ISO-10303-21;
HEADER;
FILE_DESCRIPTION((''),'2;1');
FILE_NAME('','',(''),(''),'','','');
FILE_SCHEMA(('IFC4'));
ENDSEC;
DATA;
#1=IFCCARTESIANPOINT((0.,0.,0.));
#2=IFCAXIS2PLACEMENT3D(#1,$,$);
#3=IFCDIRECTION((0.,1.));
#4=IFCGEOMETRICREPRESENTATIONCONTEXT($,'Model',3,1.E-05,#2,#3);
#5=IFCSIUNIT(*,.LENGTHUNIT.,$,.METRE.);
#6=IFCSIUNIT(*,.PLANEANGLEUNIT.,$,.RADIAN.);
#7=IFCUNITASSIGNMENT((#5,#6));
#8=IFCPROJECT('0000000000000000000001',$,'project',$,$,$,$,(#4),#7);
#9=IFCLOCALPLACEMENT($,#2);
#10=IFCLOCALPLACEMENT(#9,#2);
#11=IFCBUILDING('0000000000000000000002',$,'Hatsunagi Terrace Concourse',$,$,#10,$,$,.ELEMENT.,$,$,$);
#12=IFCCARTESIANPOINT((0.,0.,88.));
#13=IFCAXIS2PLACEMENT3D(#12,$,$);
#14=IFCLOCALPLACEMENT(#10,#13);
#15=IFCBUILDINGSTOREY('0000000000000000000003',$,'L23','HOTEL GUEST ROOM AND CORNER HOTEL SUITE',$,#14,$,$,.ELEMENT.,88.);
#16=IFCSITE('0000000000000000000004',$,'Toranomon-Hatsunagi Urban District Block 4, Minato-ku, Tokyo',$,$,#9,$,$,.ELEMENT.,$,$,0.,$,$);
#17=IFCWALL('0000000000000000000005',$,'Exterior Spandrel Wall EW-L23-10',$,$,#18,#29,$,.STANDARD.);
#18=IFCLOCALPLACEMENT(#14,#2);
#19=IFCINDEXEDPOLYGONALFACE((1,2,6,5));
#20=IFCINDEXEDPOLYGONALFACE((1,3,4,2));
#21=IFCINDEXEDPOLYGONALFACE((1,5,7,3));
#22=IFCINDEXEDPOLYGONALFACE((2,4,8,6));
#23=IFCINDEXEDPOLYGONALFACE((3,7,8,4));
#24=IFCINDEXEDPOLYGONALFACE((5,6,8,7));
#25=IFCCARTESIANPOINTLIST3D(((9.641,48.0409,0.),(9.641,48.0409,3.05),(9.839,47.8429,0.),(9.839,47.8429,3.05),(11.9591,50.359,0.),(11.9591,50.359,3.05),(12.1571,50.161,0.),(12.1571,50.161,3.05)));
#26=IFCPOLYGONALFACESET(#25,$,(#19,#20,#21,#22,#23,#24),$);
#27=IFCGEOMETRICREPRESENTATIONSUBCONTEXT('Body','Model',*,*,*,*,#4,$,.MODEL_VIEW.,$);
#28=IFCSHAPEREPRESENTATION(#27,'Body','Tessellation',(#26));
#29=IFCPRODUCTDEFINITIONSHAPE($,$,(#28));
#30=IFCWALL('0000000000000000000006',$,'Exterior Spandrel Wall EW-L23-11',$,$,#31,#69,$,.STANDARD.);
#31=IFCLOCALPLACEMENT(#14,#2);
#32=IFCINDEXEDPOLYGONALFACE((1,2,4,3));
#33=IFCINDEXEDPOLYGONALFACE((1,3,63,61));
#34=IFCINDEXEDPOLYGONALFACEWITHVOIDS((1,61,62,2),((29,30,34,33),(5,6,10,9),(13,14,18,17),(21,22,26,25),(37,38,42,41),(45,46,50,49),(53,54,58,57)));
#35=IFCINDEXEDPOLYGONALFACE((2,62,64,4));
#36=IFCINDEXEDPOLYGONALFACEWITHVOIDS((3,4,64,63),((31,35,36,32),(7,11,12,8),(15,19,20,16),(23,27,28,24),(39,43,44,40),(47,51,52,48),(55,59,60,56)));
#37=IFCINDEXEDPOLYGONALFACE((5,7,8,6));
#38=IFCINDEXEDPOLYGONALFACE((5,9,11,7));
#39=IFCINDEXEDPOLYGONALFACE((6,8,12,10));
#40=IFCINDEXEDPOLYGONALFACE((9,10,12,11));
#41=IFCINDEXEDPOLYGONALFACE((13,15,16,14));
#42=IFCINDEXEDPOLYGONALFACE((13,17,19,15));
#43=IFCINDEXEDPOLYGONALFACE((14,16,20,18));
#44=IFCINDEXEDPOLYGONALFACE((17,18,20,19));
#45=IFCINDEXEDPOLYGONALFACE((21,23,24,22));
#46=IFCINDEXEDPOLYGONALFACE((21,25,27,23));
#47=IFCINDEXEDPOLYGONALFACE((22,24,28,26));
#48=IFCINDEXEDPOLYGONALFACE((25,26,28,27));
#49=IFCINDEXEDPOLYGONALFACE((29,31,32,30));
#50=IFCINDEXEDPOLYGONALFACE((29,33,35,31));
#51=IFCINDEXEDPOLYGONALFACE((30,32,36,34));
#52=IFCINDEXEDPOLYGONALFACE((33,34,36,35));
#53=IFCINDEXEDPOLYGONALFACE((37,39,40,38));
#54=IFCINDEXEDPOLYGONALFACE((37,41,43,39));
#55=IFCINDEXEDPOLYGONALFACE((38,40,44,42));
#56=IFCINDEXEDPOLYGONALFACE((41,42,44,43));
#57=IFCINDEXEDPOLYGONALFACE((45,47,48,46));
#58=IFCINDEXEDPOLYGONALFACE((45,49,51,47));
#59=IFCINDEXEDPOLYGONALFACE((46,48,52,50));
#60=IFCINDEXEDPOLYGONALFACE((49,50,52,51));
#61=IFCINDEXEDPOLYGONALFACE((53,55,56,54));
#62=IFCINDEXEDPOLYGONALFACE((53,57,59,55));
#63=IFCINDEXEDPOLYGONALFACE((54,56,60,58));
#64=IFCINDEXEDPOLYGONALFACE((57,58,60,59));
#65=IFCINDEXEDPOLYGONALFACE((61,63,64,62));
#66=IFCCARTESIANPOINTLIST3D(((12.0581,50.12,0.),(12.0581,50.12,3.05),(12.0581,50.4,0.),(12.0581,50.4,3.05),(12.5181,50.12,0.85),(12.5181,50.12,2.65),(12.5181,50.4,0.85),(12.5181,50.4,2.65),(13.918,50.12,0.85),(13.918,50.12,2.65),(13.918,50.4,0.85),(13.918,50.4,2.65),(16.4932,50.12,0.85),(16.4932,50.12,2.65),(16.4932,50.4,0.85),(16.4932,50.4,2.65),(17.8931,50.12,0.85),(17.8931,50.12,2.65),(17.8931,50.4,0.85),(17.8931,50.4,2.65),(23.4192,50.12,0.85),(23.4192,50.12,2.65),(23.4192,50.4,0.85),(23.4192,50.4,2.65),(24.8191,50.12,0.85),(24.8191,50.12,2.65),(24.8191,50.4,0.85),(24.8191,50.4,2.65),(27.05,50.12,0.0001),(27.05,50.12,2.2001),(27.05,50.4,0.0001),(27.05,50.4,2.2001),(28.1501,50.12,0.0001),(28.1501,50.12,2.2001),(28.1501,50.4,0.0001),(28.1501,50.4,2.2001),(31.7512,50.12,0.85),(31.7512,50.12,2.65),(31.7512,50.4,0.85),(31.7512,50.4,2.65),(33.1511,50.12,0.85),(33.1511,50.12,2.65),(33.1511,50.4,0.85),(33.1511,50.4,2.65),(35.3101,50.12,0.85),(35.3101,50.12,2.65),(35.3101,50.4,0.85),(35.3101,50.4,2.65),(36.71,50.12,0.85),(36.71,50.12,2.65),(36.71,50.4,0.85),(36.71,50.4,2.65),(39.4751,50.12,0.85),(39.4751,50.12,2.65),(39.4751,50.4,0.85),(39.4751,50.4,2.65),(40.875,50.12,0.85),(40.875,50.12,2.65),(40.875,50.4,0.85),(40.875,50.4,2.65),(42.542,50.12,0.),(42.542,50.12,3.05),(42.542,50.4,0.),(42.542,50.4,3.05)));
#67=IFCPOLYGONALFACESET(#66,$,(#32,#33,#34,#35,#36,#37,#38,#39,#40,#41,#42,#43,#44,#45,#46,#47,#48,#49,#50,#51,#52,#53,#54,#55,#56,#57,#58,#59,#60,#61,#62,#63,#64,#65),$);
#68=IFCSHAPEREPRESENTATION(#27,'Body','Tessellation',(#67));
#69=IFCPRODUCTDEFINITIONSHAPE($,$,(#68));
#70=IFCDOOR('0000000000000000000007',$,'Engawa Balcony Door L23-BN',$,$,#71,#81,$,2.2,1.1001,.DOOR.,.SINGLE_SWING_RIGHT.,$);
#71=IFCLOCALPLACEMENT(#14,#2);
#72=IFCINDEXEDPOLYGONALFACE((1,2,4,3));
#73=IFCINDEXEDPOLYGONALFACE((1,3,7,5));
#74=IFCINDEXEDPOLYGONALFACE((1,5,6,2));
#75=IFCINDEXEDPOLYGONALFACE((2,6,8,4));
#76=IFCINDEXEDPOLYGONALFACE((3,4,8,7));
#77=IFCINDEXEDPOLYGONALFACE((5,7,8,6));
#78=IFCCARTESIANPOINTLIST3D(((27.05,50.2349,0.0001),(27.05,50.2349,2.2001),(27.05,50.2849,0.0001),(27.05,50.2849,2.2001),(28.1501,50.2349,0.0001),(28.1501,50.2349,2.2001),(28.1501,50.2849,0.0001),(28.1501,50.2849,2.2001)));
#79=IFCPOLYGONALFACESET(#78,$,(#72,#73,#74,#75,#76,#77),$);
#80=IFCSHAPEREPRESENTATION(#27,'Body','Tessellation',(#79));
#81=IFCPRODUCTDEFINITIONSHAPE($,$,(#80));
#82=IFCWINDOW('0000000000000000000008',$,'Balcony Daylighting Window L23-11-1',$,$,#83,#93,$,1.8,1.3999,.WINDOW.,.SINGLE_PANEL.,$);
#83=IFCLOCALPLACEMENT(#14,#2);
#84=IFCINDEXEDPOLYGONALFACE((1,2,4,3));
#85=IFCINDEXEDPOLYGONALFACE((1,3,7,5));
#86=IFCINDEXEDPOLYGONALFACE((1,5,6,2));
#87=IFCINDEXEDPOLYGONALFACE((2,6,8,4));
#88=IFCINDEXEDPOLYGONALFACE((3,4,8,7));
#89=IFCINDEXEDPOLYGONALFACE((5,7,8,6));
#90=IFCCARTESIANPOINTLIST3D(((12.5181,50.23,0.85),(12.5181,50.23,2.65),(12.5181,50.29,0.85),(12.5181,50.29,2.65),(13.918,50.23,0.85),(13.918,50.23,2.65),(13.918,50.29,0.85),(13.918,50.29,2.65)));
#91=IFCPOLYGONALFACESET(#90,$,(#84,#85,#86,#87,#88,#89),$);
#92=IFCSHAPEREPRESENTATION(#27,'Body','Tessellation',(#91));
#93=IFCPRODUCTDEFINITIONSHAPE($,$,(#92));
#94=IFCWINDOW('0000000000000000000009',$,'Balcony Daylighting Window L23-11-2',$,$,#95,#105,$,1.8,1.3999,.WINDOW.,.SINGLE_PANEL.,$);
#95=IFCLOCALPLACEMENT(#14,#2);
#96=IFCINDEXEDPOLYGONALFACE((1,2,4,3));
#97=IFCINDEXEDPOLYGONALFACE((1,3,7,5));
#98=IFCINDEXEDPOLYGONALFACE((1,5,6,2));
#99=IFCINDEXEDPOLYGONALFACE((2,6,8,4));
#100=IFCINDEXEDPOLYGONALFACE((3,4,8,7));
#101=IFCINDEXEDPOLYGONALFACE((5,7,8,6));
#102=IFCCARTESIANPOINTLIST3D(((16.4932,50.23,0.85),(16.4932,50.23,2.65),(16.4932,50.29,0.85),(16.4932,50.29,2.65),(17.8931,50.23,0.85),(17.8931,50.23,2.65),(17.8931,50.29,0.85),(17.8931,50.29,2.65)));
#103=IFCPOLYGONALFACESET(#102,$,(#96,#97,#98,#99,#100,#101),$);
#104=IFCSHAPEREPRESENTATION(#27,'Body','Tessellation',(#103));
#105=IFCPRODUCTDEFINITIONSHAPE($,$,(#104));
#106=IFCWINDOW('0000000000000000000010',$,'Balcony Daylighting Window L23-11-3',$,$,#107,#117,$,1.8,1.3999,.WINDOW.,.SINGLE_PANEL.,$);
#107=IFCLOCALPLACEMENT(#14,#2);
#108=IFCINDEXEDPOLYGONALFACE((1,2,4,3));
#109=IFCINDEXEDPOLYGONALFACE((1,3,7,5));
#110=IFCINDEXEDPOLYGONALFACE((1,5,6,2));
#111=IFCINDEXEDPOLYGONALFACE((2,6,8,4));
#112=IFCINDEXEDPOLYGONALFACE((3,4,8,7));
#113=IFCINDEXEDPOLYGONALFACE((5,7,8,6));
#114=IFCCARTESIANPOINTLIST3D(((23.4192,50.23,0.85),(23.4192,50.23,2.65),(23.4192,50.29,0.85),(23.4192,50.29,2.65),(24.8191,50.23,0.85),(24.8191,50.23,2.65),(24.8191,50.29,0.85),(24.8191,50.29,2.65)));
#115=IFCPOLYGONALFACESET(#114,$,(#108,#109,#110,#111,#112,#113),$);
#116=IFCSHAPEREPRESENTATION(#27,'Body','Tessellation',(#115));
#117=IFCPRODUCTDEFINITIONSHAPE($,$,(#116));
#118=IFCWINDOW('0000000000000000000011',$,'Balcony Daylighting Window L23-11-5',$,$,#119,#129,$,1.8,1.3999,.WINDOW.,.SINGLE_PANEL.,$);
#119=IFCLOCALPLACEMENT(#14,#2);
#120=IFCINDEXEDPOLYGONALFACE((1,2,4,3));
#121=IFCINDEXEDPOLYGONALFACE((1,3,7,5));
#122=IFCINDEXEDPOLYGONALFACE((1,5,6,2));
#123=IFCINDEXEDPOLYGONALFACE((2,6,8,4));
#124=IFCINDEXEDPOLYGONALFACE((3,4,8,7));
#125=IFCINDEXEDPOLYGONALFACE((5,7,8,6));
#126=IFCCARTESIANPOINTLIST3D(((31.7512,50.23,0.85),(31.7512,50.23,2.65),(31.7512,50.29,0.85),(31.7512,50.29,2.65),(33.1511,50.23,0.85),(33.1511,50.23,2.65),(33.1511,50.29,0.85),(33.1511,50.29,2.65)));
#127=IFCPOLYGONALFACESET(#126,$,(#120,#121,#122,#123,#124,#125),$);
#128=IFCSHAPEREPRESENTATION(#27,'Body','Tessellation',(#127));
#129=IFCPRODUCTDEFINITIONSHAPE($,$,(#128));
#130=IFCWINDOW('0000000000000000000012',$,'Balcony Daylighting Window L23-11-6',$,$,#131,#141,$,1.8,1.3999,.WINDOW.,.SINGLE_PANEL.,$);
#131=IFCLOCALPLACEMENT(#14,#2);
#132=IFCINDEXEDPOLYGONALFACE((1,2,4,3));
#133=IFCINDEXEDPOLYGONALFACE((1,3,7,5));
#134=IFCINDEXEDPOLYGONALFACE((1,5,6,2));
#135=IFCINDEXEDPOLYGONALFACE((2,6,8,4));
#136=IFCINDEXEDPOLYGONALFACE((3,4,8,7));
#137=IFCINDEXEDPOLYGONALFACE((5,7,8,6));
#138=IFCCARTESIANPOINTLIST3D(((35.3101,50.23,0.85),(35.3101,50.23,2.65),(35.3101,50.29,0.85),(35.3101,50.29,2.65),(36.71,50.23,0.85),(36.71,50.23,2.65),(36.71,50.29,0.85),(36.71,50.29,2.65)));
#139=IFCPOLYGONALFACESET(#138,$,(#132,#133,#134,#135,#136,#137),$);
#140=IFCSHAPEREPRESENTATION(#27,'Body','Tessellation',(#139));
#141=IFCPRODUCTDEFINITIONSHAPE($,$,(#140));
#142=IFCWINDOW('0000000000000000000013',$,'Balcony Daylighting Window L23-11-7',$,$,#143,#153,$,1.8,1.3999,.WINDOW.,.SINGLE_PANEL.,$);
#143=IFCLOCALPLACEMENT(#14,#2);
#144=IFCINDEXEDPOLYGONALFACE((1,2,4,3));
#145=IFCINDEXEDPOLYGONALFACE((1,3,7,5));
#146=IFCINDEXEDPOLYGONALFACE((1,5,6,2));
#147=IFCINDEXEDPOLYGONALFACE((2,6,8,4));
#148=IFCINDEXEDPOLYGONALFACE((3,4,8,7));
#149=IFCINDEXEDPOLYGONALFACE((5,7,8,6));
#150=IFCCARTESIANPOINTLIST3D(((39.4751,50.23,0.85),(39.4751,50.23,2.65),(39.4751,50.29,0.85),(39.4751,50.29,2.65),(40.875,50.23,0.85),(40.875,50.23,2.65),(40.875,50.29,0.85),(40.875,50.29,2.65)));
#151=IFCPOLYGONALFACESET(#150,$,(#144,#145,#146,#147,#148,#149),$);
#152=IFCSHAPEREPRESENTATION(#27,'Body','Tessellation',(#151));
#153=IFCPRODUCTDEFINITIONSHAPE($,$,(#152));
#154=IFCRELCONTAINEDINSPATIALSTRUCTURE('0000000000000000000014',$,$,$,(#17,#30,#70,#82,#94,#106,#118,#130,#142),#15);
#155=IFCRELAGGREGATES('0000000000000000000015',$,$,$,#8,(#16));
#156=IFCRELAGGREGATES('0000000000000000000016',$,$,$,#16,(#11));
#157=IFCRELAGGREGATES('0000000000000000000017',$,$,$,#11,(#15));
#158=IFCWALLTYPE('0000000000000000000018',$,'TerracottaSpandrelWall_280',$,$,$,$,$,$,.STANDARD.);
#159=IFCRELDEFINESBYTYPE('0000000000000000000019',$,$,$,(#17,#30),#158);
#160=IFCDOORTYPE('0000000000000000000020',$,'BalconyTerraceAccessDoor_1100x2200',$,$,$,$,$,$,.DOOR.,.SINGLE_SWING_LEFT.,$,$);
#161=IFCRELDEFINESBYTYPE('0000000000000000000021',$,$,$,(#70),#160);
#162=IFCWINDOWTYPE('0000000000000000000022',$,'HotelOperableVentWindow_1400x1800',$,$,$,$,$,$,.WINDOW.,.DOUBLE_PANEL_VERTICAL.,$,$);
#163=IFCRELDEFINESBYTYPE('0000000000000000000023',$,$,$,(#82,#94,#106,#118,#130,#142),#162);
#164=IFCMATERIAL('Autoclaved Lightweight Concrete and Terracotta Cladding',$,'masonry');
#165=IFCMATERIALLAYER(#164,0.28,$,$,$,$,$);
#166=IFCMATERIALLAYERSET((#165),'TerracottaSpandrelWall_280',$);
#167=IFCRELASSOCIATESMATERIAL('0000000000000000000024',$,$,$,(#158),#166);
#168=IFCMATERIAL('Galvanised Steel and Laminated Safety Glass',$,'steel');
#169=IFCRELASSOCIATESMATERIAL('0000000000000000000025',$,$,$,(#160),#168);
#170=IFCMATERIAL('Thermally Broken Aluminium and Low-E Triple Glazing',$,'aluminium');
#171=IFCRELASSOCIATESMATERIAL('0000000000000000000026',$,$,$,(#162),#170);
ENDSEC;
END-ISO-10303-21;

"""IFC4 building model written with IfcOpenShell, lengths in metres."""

from ifc_helpers import new_model, si_unit, direction, frame, frame_2d, origin, place, context, subcontext, project, spatial, rectangle, extrude, material, layer, layer_set, type_object, element, fill, save


model = new_model("IFC4")

# Units and contexts
model_context = context("Model", 3, precision=1e-05, world=origin(), true_north=direction((0.0, 1.0)))
body_context = subcontext(model_context, "Body", "Model", "MODEL_VIEW")
ifc_project = project(units=[si_unit("LENGTHUNIT", "METRE"), si_unit("PLANEANGLEUNIT", "RADIAN")], contexts=[model_context])

# Site, building, storey
site_placement = place(None, origin())
site = spatial("IfcSite", under=ifc_project, at=site_placement, Name="Toranomon-Hatsunagi Urban District Block 4, Minato-ku, Tokyo", CompositionType="ELEMENT", RefElevation=0.0)
building_placement = place(site_placement, origin())
building = spatial("IfcBuilding", under=site, at=building_placement, Name="Hatsunagi Terrace Concourse", CompositionType="ELEMENT")
storey_placement = place(building_placement, frame((0.0, 0.0, 88.0)))
storey = spatial("IfcBuildingStorey", under=building, at=storey_placement, Name="L23", Description="HOTEL GUEST ROOM AND CORNER HOTEL SUITE", CompositionType="ELEMENT", Elevation=88.0)

# Wall
ifc_material_1 = material(Name="Autoclaved Lightweight Concrete and Terracotta Cladding", Category="masonry")
ifc_layer_1 = layer(ifc_material_1, 0.28)
ifc_layer_set_1 = layer_set([ifc_layer_1], Name="TerracottaSpandrelWall_280")
wall_type_1 = type_object("IfcWallType", Name="TerracottaSpandrelWall_280", PredefinedType="STANDARD", material=ifc_layer_set_1)
wall_1_placement = place(storey_placement, frame((9.74, 47.9419, 0.0), z_axis=(0.0, 0.0, 1.0), x_axis=(0.707107, 0.707107, 0.0)))
element("IfcWall", 1, at=wall_1_placement, inside=storey, type_object=wall_type_1, Name="Exterior Spandrel Wall EW-L23-10", PredefinedType="STANDARD", context=body_context, shape_type="SweptSolid", body=[
    extrude(rectangle(XDim=3.2783, YDim=0.28, at=frame_2d((1.6392, 0.0))), origin(), (0.0, 0.0, 1.0), 3.05),
])

# Wall, openings, door, windows
wall_2_placement = place(storey_placement, frame((12.0581, 50.26, 0.0), z_axis=(0.0, 0.0, 1.0), x_axis=(1.0, 0.0, 0.0)))
wall_2 = element("IfcWall", 2, at=wall_2_placement, inside=storey, type_object=wall_type_1, Name="Exterior Spandrel Wall EW-L23-11", PredefinedType="STANDARD", context=body_context, shape_type="SweptSolid", body=[
    extrude(rectangle(XDim=30.4839, YDim=0.28, at=frame_2d((15.2419, 0.0))), origin(), (0.0, 0.0, 1.0), 3.05),
])
opening_1_placement = place(wall_2_placement, frame((14.9919, 0.0, 0.0)))
opening_1 = element("IfcOpeningElement", 3, at=opening_1_placement, cuts=wall_2, PredefinedType="OPENING", context=body_context, shape_type="SweptSolid", body=[
    extrude(rectangle(XDim=1.1001, YDim=2.2, at=frame_2d((0.55, 1.1001))), frame((0.0, 0.1499, 0.0), z_axis=(0.0, -1.0, 0.0), x_axis=(1.0, 0.0, 0.0)), (0.0, 0.0, 1.0), 0.3),
])
opening_2_placement = place(wall_2_placement, frame((0.46, 0.0, 0.8501)))
opening_2 = element("IfcOpeningElement", 4, at=opening_2_placement, cuts=wall_2, PredefinedType="OPENING", context=body_context, shape_type="SweptSolid", body=[
    extrude(rectangle(XDim=1.3999, YDim=1.8, at=frame_2d((0.7, 0.8999))), frame((0.0, 0.1499, 0.0), z_axis=(0.0, -1.0, 0.0), x_axis=(1.0, 0.0, 0.0)), (0.0, 0.0, 1.0), 0.3),
])
opening_3_placement = place(wall_2_placement, frame((4.4351, 0.0, 0.8501)))
opening_3 = element("IfcOpeningElement", 5, at=opening_3_placement, cuts=wall_2, PredefinedType="OPENING", context=body_context, shape_type="SweptSolid", body=[
    extrude(rectangle(XDim=1.3999, YDim=1.8, at=frame_2d((0.7, 0.8999))), frame((0.0, 0.1499, 0.0), z_axis=(0.0, -1.0, 0.0), x_axis=(1.0, 0.0, 0.0)), (0.0, 0.0, 1.0), 0.3),
])
opening_4_placement = place(wall_2_placement, frame((11.3611, 0.0, 0.8501)))
opening_4 = element("IfcOpeningElement", 6, at=opening_4_placement, cuts=wall_2, PredefinedType="OPENING", context=body_context, shape_type="SweptSolid", body=[
    extrude(rectangle(XDim=1.3999, YDim=1.8, at=frame_2d((0.7, 0.8999))), frame((0.0, 0.1499, 0.0), z_axis=(0.0, -1.0, 0.0), x_axis=(1.0, 0.0, 0.0)), (0.0, 0.0, 1.0), 0.3),
])
opening_5_placement = place(wall_2_placement, frame((19.6931, 0.0, 0.8501)))
opening_5 = element("IfcOpeningElement", 7, at=opening_5_placement, cuts=wall_2, PredefinedType="OPENING", context=body_context, shape_type="SweptSolid", body=[
    extrude(rectangle(XDim=1.3999, YDim=1.8, at=frame_2d((0.7, 0.8999))), frame((0.0, 0.1499, 0.0), z_axis=(0.0, -1.0, 0.0), x_axis=(1.0, 0.0, 0.0)), (0.0, 0.0, 1.0), 0.3),
])
opening_6_placement = place(wall_2_placement, frame((23.252, 0.0, 0.8501)))
opening_6 = element("IfcOpeningElement", 8, at=opening_6_placement, cuts=wall_2, PredefinedType="OPENING", context=body_context, shape_type="SweptSolid", body=[
    extrude(rectangle(XDim=1.3999, YDim=1.8, at=frame_2d((0.7, 0.8999))), frame((0.0, 0.1499, 0.0), z_axis=(0.0, -1.0, 0.0), x_axis=(1.0, 0.0, 0.0)), (0.0, 0.0, 1.0), 0.3),
])
opening_7_placement = place(wall_2_placement, frame((27.417, 0.0, 0.8501)))
opening_7 = element("IfcOpeningElement", 9, at=opening_7_placement, cuts=wall_2, PredefinedType="OPENING", context=body_context, shape_type="SweptSolid", body=[
    extrude(rectangle(XDim=1.3999, YDim=1.8, at=frame_2d((0.7, 0.8999))), frame((0.0, 0.1499, 0.0), z_axis=(0.0, -1.0, 0.0), x_axis=(1.0, 0.0, 0.0)), (0.0, 0.0, 1.0), 0.3),
])
ifc_material_2 = material(Name="Galvanised Steel and Laminated Safety Glass", Category="steel")
door_type = type_object("IfcDoorType", Name="BalconyTerraceAccessDoor_1100x2200", OperationType="SINGLE_SWING_LEFT", PredefinedType="DOOR", material=ifc_material_2)
door_placement = place(opening_1_placement, origin())
door = element("IfcDoor", 10, at=door_placement, inside=storey, type_object=door_type, Name="Engawa Balcony Door L23-BN", OperationType="SINGLE_SWING_RIGHT", OverallHeight=2.2, OverallWidth=1.1001, PredefinedType="DOOR", context=body_context, shape_type="SweptSolid", body=[
    extrude(rectangle(XDim=1.1001, YDim=2.2, at=frame_2d((0.55, 1.1001))), frame((0.0, 0.0249, 0.0), z_axis=(0.0, -1.0, 0.0), x_axis=(1.0, 0.0, 0.0)), (0.0, 0.0, 1.0), 0.05),
])
fill(opening_1, door)
ifc_material_3 = material(Name="Thermally Broken Aluminium and Low-E Triple Glazing", Category="aluminium")
window_type = type_object("IfcWindowType", Name="HotelOperableVentWindow_1400x1800", PartitioningType="DOUBLE_PANEL_VERTICAL", PredefinedType="WINDOW", material=ifc_material_3)
window_1_placement = place(opening_2_placement, origin())
window_1 = element("IfcWindow", 11, at=window_1_placement, inside=storey, type_object=window_type, Name="Balcony Daylighting Window L23-11-1", OverallHeight=1.8, OverallWidth=1.3999, PartitioningType="SINGLE_PANEL", PredefinedType="WINDOW", context=body_context, shape_type="SweptSolid", body=[
    extrude(rectangle(XDim=1.3999, YDim=1.8, at=frame_2d((0.7, 0.8999))), frame((0.0, 0.03, 0.0), z_axis=(0.0, -1.0, 0.0), x_axis=(1.0, 0.0, 0.0)), (0.0, 0.0, 1.0), 0.0601),
])
fill(opening_2, window_1)
window_2_placement = place(opening_3_placement, origin())
window_2 = element("IfcWindow", 12, at=window_2_placement, inside=storey, type_object=window_type, Name="Balcony Daylighting Window L23-11-2", OverallHeight=1.8, OverallWidth=1.3999, PartitioningType="SINGLE_PANEL", PredefinedType="WINDOW", context=body_context, shape_type="SweptSolid", body=[
    extrude(rectangle(XDim=1.3999, YDim=1.8, at=frame_2d((0.7, 0.8999))), frame((0.0, 0.03, 0.0), z_axis=(0.0, -1.0, 0.0), x_axis=(1.0, 0.0, 0.0)), (0.0, 0.0, 1.0), 0.0601),
])
fill(opening_3, window_2)
window_3_placement = place(opening_4_placement, origin())
window_3 = element("IfcWindow", 13, at=window_3_placement, inside=storey, type_object=window_type, Name="Balcony Daylighting Window L23-11-3", OverallHeight=1.8, OverallWidth=1.3999, PartitioningType="SINGLE_PANEL", PredefinedType="WINDOW", context=body_context, shape_type="SweptSolid", body=[
    extrude(rectangle(XDim=1.3999, YDim=1.8, at=frame_2d((0.7, 0.8999))), frame((0.0, 0.03, 0.0), z_axis=(0.0, -1.0, 0.0), x_axis=(1.0, 0.0, 0.0)), (0.0, 0.0, 1.0), 0.0601),
])
fill(opening_4, window_3)
window_4_placement = place(opening_5_placement, origin())
window_4 = element("IfcWindow", 14, at=window_4_placement, inside=storey, type_object=window_type, Name="Balcony Daylighting Window L23-11-5", OverallHeight=1.8, OverallWidth=1.3999, PartitioningType="SINGLE_PANEL", PredefinedType="WINDOW", context=body_context, shape_type="SweptSolid", body=[
    extrude(rectangle(XDim=1.3999, YDim=1.8, at=frame_2d((0.7, 0.8999))), frame((0.0, 0.03, 0.0), z_axis=(0.0, -1.0, 0.0), x_axis=(1.0, 0.0, 0.0)), (0.0, 0.0, 1.0), 0.0601),
])
fill(opening_5, window_4)
window_5_placement = place(opening_6_placement, origin())
window_5 = element("IfcWindow", 15, at=window_5_placement, inside=storey, type_object=window_type, Name="Balcony Daylighting Window L23-11-6", OverallHeight=1.8, OverallWidth=1.3999, PartitioningType="SINGLE_PANEL", PredefinedType="WINDOW", context=body_context, shape_type="SweptSolid", body=[
    extrude(rectangle(XDim=1.3999, YDim=1.8, at=frame_2d((0.7, 0.8999))), frame((0.0, 0.03, 0.0), z_axis=(0.0, -1.0, 0.0), x_axis=(1.0, 0.0, 0.0)), (0.0, 0.0, 1.0), 0.0601),
])
fill(opening_6, window_5)
window_6_placement = place(opening_7_placement, origin())
window_6 = element("IfcWindow", 16, at=window_6_placement, inside=storey, type_object=window_type, Name="Balcony Daylighting Window L23-11-7", OverallHeight=1.8, OverallWidth=1.3999, PartitioningType="SINGLE_PANEL", PredefinedType="WINDOW", context=body_context, shape_type="SweptSolid", body=[
    extrude(rectangle(XDim=1.3999, YDim=1.8, at=frame_2d((0.7, 0.8999))), frame((0.0, 0.03, 0.0), z_axis=(0.0, -1.0, 0.0), x_axis=(1.0, 0.0, 0.0)), (0.0, 0.0, 1.0), 0.0601),
])
fill(opening_7, window_6)

save(model, "model.ifc")
